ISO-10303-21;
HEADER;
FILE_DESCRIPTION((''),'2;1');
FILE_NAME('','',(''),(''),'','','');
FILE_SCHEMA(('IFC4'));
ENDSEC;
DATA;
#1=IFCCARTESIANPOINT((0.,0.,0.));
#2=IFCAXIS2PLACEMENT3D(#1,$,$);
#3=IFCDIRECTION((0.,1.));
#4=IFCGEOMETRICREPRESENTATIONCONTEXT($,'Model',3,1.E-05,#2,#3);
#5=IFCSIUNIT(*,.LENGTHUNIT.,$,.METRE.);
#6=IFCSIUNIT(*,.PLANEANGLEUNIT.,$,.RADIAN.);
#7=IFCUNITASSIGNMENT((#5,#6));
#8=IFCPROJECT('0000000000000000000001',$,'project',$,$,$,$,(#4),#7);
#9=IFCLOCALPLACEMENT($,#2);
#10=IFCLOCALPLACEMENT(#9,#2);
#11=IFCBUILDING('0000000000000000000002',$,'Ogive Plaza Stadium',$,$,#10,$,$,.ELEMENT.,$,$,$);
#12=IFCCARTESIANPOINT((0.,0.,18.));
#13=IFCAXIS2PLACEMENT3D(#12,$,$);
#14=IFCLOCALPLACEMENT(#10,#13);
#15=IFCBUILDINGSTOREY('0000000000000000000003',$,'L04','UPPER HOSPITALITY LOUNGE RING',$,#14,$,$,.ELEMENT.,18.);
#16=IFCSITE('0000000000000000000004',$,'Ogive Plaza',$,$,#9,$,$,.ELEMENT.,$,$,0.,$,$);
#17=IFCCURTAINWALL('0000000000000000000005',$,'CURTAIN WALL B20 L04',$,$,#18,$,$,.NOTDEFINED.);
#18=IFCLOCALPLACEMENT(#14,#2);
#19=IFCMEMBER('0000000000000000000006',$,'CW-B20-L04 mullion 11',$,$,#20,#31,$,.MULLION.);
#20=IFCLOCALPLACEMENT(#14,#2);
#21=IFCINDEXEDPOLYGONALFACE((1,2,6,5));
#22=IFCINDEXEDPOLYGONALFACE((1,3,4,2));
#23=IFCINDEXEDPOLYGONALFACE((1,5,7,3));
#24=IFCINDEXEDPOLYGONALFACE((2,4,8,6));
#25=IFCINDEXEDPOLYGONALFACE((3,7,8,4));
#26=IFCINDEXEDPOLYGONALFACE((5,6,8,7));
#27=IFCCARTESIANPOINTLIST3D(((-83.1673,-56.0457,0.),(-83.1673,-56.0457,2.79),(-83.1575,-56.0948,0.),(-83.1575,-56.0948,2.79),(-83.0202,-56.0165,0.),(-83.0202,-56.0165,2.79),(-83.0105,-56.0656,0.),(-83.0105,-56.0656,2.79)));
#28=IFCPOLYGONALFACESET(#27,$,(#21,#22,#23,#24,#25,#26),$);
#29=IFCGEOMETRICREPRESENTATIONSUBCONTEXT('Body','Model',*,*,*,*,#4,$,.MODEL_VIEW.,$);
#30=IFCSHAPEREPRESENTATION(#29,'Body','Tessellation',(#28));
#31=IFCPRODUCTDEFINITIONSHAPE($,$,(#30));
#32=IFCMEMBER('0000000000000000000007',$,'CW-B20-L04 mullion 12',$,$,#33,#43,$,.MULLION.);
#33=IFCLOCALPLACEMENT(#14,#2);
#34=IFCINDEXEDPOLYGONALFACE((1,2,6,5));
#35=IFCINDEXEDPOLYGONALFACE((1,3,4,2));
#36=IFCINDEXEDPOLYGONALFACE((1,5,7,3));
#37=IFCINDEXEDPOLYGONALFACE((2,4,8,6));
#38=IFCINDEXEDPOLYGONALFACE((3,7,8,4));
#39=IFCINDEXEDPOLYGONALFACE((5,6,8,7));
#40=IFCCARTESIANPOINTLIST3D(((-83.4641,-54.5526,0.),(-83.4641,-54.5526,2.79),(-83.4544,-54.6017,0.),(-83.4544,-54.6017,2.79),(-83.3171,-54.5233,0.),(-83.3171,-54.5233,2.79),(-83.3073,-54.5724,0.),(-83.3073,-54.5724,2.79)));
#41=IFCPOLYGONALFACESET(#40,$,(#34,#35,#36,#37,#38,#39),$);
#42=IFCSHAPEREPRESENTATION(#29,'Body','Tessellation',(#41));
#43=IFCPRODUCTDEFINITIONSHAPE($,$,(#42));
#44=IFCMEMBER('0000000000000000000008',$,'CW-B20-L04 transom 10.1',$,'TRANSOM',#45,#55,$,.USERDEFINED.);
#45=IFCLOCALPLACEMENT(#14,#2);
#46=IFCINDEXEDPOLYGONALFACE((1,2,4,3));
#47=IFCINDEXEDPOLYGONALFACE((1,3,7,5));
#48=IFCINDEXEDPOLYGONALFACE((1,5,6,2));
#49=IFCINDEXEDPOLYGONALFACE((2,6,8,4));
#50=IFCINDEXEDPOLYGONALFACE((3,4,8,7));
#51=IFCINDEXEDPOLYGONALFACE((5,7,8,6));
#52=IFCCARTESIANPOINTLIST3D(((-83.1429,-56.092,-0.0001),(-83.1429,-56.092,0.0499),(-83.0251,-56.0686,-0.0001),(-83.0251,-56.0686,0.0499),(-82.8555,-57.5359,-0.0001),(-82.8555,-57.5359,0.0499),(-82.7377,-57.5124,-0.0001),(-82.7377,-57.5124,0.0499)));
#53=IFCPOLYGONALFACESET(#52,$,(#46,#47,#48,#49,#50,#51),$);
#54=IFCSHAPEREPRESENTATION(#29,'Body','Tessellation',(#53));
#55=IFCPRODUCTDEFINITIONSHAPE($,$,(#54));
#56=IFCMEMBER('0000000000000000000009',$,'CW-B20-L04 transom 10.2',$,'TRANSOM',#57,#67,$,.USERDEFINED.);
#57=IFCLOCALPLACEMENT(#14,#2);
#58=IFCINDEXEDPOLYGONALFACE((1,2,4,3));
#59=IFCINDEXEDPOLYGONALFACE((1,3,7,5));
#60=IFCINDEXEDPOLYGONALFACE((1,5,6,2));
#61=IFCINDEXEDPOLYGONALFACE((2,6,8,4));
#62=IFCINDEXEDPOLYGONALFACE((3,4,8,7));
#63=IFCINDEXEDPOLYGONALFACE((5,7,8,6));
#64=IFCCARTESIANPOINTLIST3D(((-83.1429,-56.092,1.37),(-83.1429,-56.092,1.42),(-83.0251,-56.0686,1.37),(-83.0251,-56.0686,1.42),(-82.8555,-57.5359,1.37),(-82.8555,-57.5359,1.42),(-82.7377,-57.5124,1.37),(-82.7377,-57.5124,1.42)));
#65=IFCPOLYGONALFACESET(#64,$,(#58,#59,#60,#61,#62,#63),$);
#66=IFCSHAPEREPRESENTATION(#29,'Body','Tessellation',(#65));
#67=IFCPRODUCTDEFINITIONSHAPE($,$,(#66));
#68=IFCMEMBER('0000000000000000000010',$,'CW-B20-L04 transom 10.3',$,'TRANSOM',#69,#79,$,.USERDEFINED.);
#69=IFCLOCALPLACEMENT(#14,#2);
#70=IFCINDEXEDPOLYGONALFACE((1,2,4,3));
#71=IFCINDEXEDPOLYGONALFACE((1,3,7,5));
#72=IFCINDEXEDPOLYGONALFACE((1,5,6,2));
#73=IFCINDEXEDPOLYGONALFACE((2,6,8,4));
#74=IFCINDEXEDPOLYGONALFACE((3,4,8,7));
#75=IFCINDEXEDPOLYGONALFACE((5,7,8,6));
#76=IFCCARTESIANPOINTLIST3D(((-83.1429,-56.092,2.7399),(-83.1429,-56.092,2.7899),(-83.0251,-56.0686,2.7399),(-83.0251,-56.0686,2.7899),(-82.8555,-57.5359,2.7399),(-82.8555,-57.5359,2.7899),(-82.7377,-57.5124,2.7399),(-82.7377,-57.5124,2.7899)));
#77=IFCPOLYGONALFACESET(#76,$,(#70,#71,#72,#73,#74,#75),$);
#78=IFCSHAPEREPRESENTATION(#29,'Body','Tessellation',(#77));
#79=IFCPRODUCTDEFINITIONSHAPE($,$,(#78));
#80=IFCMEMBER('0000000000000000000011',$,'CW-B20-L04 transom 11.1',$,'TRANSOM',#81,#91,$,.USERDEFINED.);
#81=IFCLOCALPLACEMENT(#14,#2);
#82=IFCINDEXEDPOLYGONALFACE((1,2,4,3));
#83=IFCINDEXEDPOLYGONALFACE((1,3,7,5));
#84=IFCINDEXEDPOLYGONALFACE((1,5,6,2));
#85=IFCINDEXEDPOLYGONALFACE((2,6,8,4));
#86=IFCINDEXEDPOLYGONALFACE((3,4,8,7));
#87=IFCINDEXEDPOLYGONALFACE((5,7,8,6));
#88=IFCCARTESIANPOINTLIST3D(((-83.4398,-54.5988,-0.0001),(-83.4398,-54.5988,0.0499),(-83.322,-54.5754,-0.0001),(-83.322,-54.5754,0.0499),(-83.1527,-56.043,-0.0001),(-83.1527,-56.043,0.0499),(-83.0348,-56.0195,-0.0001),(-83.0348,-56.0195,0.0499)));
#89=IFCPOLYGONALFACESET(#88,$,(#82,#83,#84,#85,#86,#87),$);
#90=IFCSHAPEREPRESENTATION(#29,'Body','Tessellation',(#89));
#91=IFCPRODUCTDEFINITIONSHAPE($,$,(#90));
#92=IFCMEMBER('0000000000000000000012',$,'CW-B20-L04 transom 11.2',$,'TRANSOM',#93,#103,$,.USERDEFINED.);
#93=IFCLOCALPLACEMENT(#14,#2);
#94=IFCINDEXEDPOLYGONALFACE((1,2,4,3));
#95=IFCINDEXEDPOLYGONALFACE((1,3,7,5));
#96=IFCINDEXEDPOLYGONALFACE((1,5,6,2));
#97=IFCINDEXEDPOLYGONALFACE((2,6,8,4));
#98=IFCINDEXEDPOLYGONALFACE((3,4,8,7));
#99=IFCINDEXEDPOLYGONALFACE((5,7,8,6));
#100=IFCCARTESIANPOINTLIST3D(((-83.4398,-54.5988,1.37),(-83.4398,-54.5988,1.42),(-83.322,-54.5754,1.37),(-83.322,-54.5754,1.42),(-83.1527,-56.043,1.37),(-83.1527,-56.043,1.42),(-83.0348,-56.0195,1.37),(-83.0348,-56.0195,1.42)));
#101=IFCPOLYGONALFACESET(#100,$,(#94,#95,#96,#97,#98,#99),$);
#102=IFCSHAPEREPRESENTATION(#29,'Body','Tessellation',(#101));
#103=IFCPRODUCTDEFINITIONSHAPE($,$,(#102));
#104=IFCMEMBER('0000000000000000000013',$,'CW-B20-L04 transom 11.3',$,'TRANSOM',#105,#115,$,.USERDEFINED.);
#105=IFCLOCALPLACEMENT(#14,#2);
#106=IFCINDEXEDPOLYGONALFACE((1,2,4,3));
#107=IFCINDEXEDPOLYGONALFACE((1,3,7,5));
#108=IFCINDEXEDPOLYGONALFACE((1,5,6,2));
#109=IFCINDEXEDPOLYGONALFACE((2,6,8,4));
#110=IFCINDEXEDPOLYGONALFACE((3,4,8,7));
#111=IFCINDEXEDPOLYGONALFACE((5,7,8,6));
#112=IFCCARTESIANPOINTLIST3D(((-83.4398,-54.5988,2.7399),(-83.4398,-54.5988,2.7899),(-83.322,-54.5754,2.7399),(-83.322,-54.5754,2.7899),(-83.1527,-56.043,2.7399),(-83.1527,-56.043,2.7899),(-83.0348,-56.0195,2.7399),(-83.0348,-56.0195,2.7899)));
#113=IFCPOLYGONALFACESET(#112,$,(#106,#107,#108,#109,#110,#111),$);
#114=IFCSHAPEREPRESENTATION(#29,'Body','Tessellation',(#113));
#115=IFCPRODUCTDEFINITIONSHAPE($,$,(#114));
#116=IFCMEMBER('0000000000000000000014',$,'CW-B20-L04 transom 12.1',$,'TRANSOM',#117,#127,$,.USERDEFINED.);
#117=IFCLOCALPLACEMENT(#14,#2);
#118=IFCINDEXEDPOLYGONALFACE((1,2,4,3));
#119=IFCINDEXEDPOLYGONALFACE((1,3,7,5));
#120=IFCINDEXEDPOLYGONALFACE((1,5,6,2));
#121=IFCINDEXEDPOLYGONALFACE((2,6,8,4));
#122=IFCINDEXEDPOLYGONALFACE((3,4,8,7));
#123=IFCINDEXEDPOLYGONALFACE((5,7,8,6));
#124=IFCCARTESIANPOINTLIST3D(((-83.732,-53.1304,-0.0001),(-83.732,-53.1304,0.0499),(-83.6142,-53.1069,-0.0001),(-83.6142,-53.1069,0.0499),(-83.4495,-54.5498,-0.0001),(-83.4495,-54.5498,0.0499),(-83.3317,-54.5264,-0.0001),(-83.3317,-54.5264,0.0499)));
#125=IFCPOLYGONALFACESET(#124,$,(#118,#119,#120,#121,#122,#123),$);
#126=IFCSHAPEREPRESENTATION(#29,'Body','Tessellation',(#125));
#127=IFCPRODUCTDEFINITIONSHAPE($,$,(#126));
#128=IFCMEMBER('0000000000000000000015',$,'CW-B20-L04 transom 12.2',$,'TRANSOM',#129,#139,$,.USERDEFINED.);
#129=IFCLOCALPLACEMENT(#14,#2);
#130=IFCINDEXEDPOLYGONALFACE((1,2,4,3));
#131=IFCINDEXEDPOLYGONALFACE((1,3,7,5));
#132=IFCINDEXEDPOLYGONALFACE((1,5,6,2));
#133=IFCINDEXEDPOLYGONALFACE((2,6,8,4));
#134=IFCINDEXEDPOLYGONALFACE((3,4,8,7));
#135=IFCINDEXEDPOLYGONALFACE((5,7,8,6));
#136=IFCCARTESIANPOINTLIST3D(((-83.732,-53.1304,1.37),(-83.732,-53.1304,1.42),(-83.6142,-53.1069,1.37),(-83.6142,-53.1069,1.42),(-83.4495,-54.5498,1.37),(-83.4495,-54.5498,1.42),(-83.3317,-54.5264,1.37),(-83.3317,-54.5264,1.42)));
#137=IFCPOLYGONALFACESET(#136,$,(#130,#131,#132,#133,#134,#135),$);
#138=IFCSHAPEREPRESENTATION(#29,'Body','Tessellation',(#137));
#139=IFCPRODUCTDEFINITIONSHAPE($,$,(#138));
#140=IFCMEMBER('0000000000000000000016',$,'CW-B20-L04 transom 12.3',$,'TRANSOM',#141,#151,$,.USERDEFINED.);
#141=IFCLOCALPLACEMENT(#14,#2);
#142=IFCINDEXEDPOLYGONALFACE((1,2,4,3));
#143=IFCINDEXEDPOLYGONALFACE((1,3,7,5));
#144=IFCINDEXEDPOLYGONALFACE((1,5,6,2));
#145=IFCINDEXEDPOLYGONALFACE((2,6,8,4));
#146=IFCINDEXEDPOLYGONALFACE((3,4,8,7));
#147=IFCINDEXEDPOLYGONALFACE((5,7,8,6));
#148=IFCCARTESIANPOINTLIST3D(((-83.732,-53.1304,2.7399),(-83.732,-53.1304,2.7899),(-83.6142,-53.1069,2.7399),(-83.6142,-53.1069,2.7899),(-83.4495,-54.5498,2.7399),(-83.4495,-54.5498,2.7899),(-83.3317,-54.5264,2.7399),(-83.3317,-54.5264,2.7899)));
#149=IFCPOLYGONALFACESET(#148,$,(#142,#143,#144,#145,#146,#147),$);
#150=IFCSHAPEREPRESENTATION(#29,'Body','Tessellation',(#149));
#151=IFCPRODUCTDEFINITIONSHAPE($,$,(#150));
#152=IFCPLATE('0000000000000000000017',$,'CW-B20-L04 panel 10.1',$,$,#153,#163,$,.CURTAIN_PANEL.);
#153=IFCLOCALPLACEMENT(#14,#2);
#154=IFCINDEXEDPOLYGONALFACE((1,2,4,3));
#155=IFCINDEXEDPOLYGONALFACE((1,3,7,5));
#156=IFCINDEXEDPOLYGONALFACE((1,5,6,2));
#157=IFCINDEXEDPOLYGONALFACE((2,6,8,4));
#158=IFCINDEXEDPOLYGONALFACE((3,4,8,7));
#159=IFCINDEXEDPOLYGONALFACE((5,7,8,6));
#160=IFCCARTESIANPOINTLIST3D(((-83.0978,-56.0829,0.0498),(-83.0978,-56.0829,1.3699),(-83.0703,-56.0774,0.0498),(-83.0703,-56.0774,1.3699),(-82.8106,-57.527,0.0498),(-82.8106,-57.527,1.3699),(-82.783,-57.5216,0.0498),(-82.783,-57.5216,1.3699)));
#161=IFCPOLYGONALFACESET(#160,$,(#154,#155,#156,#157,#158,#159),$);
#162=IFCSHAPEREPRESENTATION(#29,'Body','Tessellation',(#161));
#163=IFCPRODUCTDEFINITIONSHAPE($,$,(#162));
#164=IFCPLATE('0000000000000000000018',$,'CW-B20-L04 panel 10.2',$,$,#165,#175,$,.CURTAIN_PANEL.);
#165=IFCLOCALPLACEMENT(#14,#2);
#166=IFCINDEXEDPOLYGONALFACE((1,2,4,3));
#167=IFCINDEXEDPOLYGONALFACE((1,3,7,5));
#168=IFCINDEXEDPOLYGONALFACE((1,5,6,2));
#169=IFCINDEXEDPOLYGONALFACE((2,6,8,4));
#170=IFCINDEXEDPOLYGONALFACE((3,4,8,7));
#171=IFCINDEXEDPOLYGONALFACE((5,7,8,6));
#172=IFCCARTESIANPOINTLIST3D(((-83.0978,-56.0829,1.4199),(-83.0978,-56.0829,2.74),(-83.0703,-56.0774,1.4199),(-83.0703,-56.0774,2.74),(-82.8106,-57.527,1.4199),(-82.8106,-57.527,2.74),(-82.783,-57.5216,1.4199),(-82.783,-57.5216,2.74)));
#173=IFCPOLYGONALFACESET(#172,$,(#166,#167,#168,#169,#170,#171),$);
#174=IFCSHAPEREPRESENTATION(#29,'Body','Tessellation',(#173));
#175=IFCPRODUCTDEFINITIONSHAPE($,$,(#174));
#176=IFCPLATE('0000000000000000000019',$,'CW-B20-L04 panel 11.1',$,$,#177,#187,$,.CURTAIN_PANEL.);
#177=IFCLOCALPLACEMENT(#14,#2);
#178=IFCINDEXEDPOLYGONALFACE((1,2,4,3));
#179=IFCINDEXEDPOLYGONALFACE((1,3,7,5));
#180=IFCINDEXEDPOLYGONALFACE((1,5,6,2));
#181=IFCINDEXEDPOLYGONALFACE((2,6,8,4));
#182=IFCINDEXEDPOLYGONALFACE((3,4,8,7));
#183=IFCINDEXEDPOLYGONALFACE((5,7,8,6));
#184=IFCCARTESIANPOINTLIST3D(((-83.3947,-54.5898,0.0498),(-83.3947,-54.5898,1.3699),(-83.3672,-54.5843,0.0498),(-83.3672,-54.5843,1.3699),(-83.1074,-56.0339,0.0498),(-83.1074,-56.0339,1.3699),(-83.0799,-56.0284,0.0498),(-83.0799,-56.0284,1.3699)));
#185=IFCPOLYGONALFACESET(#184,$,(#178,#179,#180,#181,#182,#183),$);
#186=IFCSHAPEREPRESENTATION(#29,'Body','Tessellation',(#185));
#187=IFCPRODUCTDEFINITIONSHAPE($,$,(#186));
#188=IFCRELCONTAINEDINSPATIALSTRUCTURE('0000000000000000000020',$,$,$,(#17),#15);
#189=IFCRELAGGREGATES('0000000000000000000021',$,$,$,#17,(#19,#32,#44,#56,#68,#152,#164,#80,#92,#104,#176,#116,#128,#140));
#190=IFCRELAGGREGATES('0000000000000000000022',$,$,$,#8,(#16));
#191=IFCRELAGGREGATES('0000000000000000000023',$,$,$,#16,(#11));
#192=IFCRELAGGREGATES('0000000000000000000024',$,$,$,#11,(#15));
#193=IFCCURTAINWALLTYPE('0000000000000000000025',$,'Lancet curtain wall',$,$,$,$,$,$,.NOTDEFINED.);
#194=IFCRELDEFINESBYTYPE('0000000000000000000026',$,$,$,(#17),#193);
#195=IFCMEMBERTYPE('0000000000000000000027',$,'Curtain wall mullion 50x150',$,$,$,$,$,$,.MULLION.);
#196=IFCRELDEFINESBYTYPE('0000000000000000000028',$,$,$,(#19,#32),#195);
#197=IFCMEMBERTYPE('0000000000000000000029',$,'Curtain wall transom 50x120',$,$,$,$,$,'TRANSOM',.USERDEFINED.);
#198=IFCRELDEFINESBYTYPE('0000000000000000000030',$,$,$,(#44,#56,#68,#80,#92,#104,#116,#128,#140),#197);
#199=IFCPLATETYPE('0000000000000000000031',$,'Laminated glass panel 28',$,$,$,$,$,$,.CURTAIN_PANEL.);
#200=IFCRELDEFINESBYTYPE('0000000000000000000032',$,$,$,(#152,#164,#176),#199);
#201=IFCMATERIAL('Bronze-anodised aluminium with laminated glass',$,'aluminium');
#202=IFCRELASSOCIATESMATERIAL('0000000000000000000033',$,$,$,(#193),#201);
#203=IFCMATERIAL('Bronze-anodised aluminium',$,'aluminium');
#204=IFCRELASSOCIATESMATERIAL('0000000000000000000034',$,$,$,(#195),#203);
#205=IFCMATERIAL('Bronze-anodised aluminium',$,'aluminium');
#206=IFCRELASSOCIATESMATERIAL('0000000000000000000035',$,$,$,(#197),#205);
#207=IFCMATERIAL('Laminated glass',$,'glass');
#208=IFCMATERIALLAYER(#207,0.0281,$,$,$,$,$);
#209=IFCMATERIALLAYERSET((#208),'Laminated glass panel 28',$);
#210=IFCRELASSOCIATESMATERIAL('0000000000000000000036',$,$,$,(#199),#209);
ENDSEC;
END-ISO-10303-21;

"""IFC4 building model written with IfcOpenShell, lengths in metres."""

from ifc_helpers import new_model, si_unit, direction, frame, origin, origin_2d, place, context, subcontext, project, spatial, rectangle, extrude, material, layer, layer_set, material_profile, profile_set, type_object, element, aggregate, save


model = new_model("IFC4")

# Units and contexts
model_context = context("Model", 3, precision=1e-05, world=origin(), true_north=direction((0.0, 1.0)))
body_context = subcontext(model_context, "Body", "Model", "MODEL_VIEW")
ifc_project = project(units=[si_unit("LENGTHUNIT", "METRE"), si_unit("PLANEANGLEUNIT", "RADIAN")], contexts=[model_context])

# Site, building, storey
site_placement = place(None, origin())
site = spatial("IfcSite", under=ifc_project, at=site_placement, Name="Ogive Plaza", CompositionType="ELEMENT", RefElevation=0.0)
building_placement = place(site_placement, origin())
building = spatial("IfcBuilding", under=site, at=building_placement, Name="Ogive Plaza Stadium", CompositionType="ELEMENT")
storey_placement = place(building_placement, frame((0.0, 0.0, 18.0)))
storey = spatial("IfcBuildingStorey", under=building, at=storey_placement, Name="L04", Description="UPPER HOSPITALITY LOUNGE RING", CompositionType="ELEMENT", Elevation=18.0)

# Curtain wall, members, plates
ifc_material_1 = material(Name="Bronze-anodised aluminium with laminated glass", Category="aluminium")
curtain_wall_type = type_object("IfcCurtainWallType", Name="Lancet curtain wall", PredefinedType="NOTDEFINED", material=ifc_material_1)
curtain_wall_placement = place(storey_placement, origin())
curtain_wall = element("IfcCurtainWall", 1, at=curtain_wall_placement, inside=storey, type_object=curtain_wall_type, Name="CURTAIN WALL B20 L04", PredefinedType="NOTDEFINED")
ifc_material_2 = material(Name="Bronze-anodised aluminium", Category="aluminium")
ifc_material_profile_1 = material_profile(ifc_material_2, rectangle(XDim=0.1499, YDim=0.05, at=origin_2d()), Name="AL 150x50")
ifc_profile_set_1 = profile_set([ifc_material_profile_1], Name="Bronze-anodised aluminium")
member_type_1 = type_object("IfcMemberType", Name="Curtain wall mullion 50x150", PredefinedType="MULLION", material=ifc_profile_set_1)
member_1_placement = place(storey_placement, frame((-83.0889, -56.0557, 0.0), z_axis=(0.0, 0.0, 1.0), x_axis=(-0.980785, -0.19509, 0.0)))
member_1 = element("IfcMember", 2, at=member_1_placement, type_object=member_type_1, Name="CW-B20-L04 mullion 11", PredefinedType="MULLION", context=body_context, shape_type="SweptSolid", body=[
    extrude(rectangle(XDim=0.1499, YDim=0.05, at=origin_2d()), origin(), (0.0, 0.0, 1.0), 2.79),
])
member_2_placement = place(storey_placement, frame((-83.3857, -54.5625, 0.0), z_axis=(0.0, 0.0, 1.0), x_axis=(-0.980785, -0.19509, 0.0)))
member_2 = element("IfcMember", 3, at=member_2_placement, type_object=member_type_1, Name="CW-B20-L04 mullion 12", PredefinedType="MULLION", context=body_context, shape_type="SweptSolid", body=[
    extrude(rectangle(XDim=0.1499, YDim=0.05, at=origin_2d()), origin(), (0.0, 0.0, 1.0), 2.79),
])
ifc_material_3 = material(Name="Bronze-anodised aluminium", Category="aluminium")
ifc_material_profile_2 = material_profile(ifc_material_3, rectangle(XDim=0.1201, YDim=0.05, at=origin_2d()), Name="AL 120x50")
ifc_profile_set_2 = profile_set([ifc_material_profile_2], Name="Bronze-anodised aluminium")
member_type_2 = type_object("IfcMemberType", Name="Curtain wall transom 50x120", ElementType="TRANSOM", PredefinedType="USERDEFINED", material=ifc_profile_set_2)
member_3_placement = place(storey_placement, frame((-82.7966, -57.5242, 0.0249), z_axis=(-0.195191, 0.980765, 0.0), x_axis=(-0.980765, -0.195191, 0.0)))
member_3 = element("IfcMember", 4, at=member_3_placement, type_object=member_type_2, Name="CW-B20-L04 transom 10.1", ObjectType="TRANSOM", PredefinedType="USERDEFINED", context=body_context, shape_type="SweptSolid", body=[
    extrude(rectangle(XDim=0.1201, YDim=0.05, at=origin_2d()), origin(), (0.0, 0.0, 1.0), 1.4722),
])
member_4_placement = place(storey_placement, frame((-82.7966, -57.5242, 1.395), z_axis=(-0.195191, 0.980765, 0.0), x_axis=(-0.980765, -0.195191, 0.0)))
member_4 = element("IfcMember", 5, at=member_4_placement, type_object=member_type_2, Name="CW-B20-L04 transom 10.2", ObjectType="TRANSOM", PredefinedType="USERDEFINED", context=body_context, shape_type="SweptSolid", body=[
    extrude(rectangle(XDim=0.1201, YDim=0.05, at=origin_2d()), origin(), (0.0, 0.0, 1.0), 1.4722),
])
member_5_placement = place(storey_placement, frame((-82.7966, -57.5242, 2.7649), z_axis=(-0.195191, 0.980765, 0.0), x_axis=(-0.980765, -0.195191, 0.0)))
member_5 = element("IfcMember", 6, at=member_5_placement, type_object=member_type_2, Name="CW-B20-L04 transom 10.3", ObjectType="TRANSOM", PredefinedType="USERDEFINED", context=body_context, shape_type="SweptSolid", body=[
    extrude(rectangle(XDim=0.1201, YDim=0.05, at=origin_2d()), origin(), (0.0, 0.0, 1.0), 1.4722),
])
member_6_placement = place(storey_placement, frame((-83.0938, -56.0312, 0.0249), z_axis=(-0.195, 0.980803, 0.0), x_axis=(-0.980803, -0.195, 0.0)))
member_6 = element("IfcMember", 7, at=member_6_placement, type_object=member_type_2, Name="CW-B20-L04 transom 11.1", ObjectType="TRANSOM", PredefinedType="USERDEFINED", context=body_context, shape_type="SweptSolid", body=[
    extrude(rectangle(XDim=0.1201, YDim=0.05, at=origin_2d()), origin(), (0.0, 0.0, 1.0), 1.4724),
])
member_7_placement = place(storey_placement, frame((-83.0938, -56.0312, 1.395), z_axis=(-0.195, 0.980803, 0.0), x_axis=(-0.980803, -0.195, 0.0)))
member_7 = element("IfcMember", 8, at=member_7_placement, type_object=member_type_2, Name="CW-B20-L04 transom 11.2", ObjectType="TRANSOM", PredefinedType="USERDEFINED", context=body_context, shape_type="SweptSolid", body=[
    extrude(rectangle(XDim=0.1201, YDim=0.05, at=origin_2d()), origin(), (0.0, 0.0, 1.0), 1.4724),
])
member_8_placement = place(storey_placement, frame((-83.0938, -56.0312, 2.7649), z_axis=(-0.195, 0.980803, 0.0), x_axis=(-0.980803, -0.195, 0.0)))
member_8 = element("IfcMember", 9, at=member_8_placement, type_object=member_type_2, Name="CW-B20-L04 transom 11.3", ObjectType="TRANSOM", PredefinedType="USERDEFINED", context=body_context, shape_type="SweptSolid", body=[
    extrude(rectangle(XDim=0.1201, YDim=0.05, at=origin_2d()), origin(), (0.0, 0.0, 1.0), 1.4724),
])
member_9_placement = place(storey_placement, frame((-83.3906, -54.5381, 0.0249), z_axis=(-0.195175, 0.980768, 0.0), x_axis=(-0.980768, -0.195175, 0.0)))
member_9 = element("IfcMember", 10, at=member_9_placement, type_object=member_type_2, Name="CW-B20-L04 transom 12.1", ObjectType="TRANSOM", PredefinedType="USERDEFINED", context=body_context, shape_type="SweptSolid", body=[
    extrude(rectangle(XDim=0.1201, YDim=0.05, at=origin_2d()), origin(), (0.0, 0.0, 1.0), 1.4473),
])
member_10_placement = place(storey_placement, frame((-83.3906, -54.5381, 1.395), z_axis=(-0.195175, 0.980768, 0.0), x_axis=(-0.980768, -0.195175, 0.0)))
member_10 = element("IfcMember", 11, at=member_10_placement, type_object=member_type_2, Name="CW-B20-L04 transom 12.2", ObjectType="TRANSOM", PredefinedType="USERDEFINED", context=body_context, shape_type="SweptSolid", body=[
    extrude(rectangle(XDim=0.1201, YDim=0.05, at=origin_2d()), origin(), (0.0, 0.0, 1.0), 1.4473),
])
member_11_placement = place(storey_placement, frame((-83.3906, -54.5381, 2.7649), z_axis=(-0.195175, 0.980768, 0.0), x_axis=(-0.980768, -0.195175, 0.0)))
member_11 = element("IfcMember", 12, at=member_11_placement, type_object=member_type_2, Name="CW-B20-L04 transom 12.3", ObjectType="TRANSOM", PredefinedType="USERDEFINED", context=body_context, shape_type="SweptSolid", body=[
    extrude(rectangle(XDim=0.1201, YDim=0.05, at=origin_2d()), origin(), (0.0, 0.0, 1.0), 1.4473),
])
ifc_material_4 = material(Name="Laminated glass", Category="glass")
ifc_layer_1 = layer(ifc_material_4, 0.0281)
ifc_layer_set_1 = layer_set([ifc_layer_1], Name="Laminated glass panel 28")
plate_type = type_object("IfcPlateType", Name="Laminated glass panel 28", PredefinedType="CURTAIN_PANEL", material=ifc_layer_set_1)
plate_1_placement = place(storey_placement, frame((-82.9404, -56.8022, 0.0498), z_axis=(0.0, 0.0, 1.0), x_axis=(-0.19509, 0.980785, 0.0)))
plate_1 = element("IfcPlate", 13, at=plate_1_placement, type_object=plate_type, Name="CW-B20-L04 panel 10.1", PredefinedType="CURTAIN_PANEL", context=body_context, shape_type="SweptSolid", body=[
    extrude(rectangle(XDim=1.4724, YDim=0.0281, at=origin_2d()), origin(), (0.0, 0.0, 1.0), 1.3201),
])
plate_2_placement = place(storey_placement, frame((-82.9404, -56.8022, 1.4199), z_axis=(0.0, 0.0, 1.0), x_axis=(-0.19509, 0.980785, 0.0)))
plate_2 = element("IfcPlate", 14, at=plate_2_placement, type_object=plate_type, Name="CW-B20-L04 panel 10.2", PredefinedType="CURTAIN_PANEL", context=body_context, shape_type="SweptSolid", body=[
    extrude(rectangle(XDim=1.4724, YDim=0.0281, at=origin_2d()), origin(), (0.0, 0.0, 1.0), 1.3201),
])
plate_3_placement = place(storey_placement, frame((-83.2373, -55.3091, 0.0498), z_axis=(0.0, 0.0, 1.0), x_axis=(-0.19509, 0.980785, 0.0)))
plate_3 = element("IfcPlate", 15, at=plate_3_placement, type_object=plate_type, Name="CW-B20-L04 panel 11.1", PredefinedType="CURTAIN_PANEL", context=body_context, shape_type="SweptSolid", body=[
    extrude(rectangle(XDim=1.4724, YDim=0.0281, at=origin_2d()), origin(), (0.0, 0.0, 1.0), 1.3201),
])
aggregate(curtain_wall, [member_1, member_2, member_3, member_4, member_5, plate_1, plate_2, member_6, member_7, member_8, plate_3, member_9, member_10, member_11])

save(model, "model.ifc")
